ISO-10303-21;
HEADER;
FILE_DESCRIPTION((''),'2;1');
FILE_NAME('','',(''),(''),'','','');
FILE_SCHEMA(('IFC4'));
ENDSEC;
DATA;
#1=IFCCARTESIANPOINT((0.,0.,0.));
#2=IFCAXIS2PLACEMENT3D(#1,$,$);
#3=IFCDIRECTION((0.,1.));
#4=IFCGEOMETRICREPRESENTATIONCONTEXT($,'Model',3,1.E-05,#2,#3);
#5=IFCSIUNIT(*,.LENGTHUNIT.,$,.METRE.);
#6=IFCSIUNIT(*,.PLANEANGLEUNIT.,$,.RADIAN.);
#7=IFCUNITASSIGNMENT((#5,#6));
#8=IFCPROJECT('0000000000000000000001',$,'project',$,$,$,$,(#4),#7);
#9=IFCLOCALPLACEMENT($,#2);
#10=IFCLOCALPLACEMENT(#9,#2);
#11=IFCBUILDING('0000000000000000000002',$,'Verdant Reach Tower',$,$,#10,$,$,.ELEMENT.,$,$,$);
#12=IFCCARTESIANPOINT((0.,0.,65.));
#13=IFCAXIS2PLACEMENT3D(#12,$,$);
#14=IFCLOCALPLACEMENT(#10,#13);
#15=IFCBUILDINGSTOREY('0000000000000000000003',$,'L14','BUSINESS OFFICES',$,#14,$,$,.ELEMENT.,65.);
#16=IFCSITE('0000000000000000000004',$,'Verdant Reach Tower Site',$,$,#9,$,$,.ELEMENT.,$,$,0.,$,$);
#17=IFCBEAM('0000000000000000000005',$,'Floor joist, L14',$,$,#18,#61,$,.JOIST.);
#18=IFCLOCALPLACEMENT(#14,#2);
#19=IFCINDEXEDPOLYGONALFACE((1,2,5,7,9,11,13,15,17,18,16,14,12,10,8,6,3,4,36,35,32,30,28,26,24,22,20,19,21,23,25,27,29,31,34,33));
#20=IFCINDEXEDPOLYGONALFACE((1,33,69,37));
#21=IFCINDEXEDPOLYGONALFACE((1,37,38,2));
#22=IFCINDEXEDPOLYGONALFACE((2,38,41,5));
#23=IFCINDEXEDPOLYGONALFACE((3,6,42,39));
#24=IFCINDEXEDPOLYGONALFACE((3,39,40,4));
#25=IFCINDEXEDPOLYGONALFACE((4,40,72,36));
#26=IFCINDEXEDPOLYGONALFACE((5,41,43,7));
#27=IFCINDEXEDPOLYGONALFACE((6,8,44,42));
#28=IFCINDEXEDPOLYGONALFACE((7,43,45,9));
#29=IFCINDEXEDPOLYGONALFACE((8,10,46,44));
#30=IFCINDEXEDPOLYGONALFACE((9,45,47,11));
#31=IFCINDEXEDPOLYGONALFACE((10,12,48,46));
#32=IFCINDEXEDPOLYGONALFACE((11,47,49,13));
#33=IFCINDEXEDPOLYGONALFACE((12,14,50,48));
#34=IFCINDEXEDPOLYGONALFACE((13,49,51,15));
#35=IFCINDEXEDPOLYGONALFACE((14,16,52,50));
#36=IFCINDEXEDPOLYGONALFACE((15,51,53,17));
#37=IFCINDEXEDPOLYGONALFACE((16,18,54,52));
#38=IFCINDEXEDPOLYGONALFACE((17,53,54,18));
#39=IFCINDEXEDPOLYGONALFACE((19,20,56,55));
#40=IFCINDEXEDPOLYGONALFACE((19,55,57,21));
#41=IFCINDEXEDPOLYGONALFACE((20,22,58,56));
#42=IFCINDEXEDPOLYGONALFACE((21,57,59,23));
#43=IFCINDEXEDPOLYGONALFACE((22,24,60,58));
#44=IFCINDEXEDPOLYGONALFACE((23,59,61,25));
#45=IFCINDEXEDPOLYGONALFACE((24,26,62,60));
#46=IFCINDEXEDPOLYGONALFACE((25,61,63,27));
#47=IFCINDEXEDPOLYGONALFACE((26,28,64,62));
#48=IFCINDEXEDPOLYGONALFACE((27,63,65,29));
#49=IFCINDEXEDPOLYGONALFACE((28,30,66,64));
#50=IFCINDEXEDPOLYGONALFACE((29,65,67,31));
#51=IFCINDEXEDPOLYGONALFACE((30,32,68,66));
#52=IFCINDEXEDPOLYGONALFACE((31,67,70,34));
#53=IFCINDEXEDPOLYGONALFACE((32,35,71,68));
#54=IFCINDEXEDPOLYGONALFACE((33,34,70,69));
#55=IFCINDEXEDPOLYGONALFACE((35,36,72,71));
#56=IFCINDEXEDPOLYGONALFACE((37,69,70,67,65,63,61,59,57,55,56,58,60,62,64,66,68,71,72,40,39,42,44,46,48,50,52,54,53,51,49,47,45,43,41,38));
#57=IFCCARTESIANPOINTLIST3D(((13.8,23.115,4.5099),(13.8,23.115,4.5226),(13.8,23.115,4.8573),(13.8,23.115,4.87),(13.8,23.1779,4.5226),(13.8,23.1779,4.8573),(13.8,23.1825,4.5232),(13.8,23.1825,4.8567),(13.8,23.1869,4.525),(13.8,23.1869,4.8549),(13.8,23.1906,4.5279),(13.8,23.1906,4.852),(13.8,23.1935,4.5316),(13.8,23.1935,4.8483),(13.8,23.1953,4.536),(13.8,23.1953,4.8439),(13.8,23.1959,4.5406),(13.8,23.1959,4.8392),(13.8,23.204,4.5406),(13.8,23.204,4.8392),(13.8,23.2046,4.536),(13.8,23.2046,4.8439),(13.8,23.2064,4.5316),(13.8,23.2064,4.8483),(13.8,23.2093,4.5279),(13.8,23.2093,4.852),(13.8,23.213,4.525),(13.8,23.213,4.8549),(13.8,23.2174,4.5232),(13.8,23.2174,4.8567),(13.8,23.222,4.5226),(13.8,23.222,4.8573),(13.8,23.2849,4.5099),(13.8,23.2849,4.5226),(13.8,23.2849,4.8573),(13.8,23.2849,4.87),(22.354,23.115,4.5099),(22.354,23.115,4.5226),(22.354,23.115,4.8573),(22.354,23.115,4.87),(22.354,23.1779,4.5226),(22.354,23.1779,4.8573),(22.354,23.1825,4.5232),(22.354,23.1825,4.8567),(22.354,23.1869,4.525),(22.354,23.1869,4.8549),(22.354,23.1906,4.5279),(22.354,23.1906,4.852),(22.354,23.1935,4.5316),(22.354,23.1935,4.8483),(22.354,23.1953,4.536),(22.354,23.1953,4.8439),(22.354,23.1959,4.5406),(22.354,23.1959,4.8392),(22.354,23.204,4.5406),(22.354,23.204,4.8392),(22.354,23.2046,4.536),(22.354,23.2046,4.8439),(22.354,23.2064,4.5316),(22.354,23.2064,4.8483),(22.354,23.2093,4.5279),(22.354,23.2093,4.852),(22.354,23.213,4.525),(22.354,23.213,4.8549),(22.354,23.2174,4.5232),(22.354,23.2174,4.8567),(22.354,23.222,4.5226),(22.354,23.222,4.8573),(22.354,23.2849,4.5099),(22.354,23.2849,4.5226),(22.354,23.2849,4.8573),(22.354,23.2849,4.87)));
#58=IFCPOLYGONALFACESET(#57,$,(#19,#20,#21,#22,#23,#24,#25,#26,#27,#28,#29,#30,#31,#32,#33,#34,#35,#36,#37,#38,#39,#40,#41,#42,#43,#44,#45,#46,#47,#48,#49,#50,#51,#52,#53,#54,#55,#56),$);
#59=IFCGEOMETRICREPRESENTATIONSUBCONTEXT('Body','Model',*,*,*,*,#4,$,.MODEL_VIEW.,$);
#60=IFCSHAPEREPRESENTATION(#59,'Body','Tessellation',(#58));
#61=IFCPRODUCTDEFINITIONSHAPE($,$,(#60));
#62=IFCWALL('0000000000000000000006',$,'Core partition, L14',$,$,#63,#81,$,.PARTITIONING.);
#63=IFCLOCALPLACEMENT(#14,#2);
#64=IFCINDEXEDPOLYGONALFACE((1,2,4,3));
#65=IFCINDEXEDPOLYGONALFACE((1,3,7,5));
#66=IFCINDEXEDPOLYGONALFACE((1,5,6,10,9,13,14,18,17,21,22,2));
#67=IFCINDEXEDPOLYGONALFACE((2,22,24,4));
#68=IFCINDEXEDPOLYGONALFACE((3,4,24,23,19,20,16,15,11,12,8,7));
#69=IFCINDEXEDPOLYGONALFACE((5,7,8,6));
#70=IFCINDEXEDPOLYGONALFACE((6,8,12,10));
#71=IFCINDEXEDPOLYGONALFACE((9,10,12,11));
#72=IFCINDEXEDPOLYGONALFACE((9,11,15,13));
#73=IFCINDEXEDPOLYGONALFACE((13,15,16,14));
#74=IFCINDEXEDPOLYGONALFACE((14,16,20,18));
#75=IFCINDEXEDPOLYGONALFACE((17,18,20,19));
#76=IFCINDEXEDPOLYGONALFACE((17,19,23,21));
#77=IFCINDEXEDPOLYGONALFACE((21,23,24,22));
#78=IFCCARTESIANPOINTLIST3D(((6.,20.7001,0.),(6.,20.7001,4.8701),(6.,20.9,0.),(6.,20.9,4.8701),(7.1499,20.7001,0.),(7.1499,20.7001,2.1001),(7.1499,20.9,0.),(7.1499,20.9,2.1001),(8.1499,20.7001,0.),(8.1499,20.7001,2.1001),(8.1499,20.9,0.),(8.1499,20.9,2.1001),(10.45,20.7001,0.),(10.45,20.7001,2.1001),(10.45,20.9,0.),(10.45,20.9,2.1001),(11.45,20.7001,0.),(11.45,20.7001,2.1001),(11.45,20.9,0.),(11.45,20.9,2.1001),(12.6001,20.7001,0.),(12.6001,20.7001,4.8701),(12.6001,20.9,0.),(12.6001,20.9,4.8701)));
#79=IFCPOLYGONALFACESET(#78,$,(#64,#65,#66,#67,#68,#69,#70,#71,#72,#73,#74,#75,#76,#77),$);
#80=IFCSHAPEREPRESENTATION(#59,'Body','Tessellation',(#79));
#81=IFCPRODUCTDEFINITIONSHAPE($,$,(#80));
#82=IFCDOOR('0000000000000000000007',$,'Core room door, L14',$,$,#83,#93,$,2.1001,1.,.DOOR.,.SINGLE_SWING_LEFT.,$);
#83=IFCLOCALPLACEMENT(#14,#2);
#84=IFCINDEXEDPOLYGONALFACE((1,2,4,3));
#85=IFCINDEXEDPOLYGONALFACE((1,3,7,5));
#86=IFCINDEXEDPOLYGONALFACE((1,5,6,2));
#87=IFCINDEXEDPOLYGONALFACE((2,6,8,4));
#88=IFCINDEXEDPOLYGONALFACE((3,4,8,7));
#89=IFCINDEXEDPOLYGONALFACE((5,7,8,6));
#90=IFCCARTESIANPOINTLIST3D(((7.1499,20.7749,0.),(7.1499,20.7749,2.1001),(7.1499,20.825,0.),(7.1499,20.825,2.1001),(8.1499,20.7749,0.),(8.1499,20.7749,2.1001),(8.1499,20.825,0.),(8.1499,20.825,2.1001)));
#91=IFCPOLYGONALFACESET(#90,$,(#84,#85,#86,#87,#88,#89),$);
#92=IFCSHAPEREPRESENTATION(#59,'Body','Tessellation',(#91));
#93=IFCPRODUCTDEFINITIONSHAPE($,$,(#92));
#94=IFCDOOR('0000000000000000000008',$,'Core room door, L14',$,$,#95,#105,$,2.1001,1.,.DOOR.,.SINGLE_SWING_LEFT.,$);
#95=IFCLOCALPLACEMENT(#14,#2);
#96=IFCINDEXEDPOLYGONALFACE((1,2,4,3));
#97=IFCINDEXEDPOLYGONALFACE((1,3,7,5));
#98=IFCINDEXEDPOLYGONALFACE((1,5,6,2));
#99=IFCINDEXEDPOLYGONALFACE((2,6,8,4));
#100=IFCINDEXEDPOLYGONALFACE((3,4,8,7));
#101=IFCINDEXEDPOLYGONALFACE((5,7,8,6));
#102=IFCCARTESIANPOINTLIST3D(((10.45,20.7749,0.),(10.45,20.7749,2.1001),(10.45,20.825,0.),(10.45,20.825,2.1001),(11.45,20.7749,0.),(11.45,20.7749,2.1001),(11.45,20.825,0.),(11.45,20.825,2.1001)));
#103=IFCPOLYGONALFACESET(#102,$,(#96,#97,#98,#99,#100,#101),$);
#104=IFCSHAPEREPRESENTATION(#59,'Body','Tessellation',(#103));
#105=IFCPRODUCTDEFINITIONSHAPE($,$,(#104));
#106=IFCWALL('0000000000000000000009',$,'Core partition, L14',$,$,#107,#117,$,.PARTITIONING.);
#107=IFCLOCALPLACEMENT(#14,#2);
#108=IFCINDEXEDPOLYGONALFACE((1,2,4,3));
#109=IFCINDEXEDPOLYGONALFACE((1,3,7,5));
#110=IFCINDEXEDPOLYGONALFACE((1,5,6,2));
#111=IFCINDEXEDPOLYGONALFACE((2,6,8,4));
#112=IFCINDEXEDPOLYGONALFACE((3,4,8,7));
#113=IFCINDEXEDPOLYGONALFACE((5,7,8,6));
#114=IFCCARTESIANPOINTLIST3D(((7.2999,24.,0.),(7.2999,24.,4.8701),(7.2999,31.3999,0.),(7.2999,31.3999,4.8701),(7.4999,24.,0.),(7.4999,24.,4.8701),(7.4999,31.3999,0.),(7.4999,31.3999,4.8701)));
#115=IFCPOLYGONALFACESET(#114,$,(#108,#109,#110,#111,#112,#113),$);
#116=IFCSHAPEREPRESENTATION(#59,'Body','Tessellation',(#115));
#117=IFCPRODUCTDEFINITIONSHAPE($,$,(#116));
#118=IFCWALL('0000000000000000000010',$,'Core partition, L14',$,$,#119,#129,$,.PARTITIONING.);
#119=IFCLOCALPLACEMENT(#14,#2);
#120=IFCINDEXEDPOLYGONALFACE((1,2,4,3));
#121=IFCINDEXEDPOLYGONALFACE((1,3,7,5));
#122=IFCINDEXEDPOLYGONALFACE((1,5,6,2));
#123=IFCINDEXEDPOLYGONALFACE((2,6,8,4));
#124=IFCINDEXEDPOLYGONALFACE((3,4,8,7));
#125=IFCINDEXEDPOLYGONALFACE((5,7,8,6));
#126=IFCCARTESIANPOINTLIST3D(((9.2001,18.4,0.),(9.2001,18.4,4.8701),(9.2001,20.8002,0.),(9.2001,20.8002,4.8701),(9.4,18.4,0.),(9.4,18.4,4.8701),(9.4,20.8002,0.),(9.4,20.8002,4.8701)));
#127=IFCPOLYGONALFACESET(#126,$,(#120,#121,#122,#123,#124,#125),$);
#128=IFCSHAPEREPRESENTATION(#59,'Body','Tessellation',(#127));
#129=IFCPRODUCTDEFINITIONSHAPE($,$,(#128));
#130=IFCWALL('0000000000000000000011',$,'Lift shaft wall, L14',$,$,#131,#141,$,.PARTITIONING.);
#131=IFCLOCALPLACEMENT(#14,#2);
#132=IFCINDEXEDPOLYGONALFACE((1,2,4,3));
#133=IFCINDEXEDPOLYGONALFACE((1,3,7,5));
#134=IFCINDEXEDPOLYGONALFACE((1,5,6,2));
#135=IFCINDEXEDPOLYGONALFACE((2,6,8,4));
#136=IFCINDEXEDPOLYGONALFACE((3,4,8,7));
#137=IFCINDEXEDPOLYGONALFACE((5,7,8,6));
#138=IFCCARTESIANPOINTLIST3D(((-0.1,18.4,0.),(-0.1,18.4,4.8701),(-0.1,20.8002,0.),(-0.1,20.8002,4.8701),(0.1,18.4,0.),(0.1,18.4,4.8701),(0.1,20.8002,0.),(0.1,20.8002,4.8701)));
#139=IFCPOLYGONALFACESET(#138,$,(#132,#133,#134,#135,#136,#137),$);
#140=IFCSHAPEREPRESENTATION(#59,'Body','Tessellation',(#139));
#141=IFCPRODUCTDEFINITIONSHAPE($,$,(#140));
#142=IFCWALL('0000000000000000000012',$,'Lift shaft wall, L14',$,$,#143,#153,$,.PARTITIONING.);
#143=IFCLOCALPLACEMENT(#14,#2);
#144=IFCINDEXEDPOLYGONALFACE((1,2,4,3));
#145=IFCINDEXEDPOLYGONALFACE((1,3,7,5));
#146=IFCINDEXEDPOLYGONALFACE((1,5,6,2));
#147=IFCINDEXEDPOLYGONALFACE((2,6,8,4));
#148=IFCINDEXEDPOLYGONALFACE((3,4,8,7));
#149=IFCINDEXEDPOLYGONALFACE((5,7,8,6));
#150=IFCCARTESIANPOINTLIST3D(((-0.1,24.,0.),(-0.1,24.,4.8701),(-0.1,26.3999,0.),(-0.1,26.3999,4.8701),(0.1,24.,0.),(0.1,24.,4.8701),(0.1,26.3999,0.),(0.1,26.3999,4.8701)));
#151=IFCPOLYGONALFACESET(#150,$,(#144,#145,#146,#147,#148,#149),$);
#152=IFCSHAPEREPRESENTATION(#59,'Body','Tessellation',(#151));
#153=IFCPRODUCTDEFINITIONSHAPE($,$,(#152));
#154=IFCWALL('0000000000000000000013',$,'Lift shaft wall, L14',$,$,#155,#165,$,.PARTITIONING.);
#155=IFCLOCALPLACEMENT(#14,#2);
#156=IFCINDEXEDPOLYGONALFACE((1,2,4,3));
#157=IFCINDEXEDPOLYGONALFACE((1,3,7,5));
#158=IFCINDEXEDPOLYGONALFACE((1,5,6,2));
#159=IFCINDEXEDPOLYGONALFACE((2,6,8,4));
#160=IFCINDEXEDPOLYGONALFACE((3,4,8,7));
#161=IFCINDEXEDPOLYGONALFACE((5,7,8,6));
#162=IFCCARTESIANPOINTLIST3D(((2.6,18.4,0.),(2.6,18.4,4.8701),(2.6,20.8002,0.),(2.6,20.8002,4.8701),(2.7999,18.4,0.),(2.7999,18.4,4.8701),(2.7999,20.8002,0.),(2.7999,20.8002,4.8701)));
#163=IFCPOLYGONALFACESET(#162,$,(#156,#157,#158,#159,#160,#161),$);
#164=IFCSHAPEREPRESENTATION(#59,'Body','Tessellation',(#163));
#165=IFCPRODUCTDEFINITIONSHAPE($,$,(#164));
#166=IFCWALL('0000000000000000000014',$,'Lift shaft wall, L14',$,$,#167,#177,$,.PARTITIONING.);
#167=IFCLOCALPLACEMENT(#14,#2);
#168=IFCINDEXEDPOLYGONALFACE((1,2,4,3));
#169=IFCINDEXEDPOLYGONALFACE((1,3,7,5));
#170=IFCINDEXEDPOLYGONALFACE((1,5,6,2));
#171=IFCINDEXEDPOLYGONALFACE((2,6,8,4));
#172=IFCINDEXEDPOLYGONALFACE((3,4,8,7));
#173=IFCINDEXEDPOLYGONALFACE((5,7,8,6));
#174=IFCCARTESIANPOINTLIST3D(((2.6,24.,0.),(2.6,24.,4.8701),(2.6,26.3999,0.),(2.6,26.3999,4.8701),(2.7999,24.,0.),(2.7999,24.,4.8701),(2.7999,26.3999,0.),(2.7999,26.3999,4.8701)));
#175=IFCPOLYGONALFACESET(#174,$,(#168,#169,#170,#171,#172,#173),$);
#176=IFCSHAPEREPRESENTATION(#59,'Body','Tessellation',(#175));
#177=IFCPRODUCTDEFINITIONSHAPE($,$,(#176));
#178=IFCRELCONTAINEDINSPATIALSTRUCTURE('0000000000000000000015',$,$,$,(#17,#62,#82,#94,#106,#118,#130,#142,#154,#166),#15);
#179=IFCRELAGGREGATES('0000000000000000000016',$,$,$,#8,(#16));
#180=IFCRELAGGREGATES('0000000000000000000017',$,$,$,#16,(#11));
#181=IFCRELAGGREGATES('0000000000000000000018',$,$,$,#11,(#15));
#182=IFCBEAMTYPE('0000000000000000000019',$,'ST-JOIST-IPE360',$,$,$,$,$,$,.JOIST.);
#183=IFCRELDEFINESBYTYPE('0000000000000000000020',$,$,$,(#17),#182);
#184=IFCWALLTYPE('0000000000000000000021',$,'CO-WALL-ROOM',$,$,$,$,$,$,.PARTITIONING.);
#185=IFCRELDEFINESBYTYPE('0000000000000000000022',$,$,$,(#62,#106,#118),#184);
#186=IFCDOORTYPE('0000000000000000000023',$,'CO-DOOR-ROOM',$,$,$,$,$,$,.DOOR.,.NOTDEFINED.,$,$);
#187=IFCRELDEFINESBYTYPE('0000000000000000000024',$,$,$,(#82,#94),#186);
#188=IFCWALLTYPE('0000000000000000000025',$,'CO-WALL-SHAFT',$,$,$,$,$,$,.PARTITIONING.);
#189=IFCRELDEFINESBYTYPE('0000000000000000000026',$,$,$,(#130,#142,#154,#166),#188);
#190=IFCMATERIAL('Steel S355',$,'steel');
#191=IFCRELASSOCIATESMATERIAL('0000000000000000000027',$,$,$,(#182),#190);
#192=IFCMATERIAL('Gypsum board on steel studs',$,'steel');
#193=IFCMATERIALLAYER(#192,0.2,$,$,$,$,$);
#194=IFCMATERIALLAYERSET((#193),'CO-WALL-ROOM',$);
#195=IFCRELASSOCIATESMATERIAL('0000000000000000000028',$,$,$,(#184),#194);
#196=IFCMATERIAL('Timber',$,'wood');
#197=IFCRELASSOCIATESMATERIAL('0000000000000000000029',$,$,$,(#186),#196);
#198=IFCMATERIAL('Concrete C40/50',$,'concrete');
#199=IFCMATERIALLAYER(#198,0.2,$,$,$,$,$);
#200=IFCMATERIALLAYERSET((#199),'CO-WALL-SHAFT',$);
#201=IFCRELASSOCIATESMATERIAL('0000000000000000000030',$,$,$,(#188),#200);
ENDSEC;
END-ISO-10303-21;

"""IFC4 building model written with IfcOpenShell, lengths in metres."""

from ifc_helpers import new_model, si_unit, direction, frame, frame_2d, origin, origin_2d, place, context, subcontext, project, spatial, rectangle, i_section, extrude, material, layer, layer_set, material_profile, profile_set, type_object, element, fill, save


model = new_model("IFC4")

# Units and contexts
model_context = context("Model", 3, precision=1e-05, world=origin(), true_north=direction((0.0, 1.0)))
body_context = subcontext(model_context, "Body", "Model", "MODEL_VIEW")
ifc_project = project(units=[si_unit("LENGTHUNIT", "METRE"), si_unit("PLANEANGLEUNIT", "RADIAN")], contexts=[model_context])

# Site, building, storey
site_placement = place(None, origin())
site = spatial("IfcSite", under=ifc_project, at=site_placement, Name="Verdant Reach Tower Site", CompositionType="ELEMENT", RefElevation=0.0)
building_placement = place(site_placement, origin())
building = spatial("IfcBuilding", under=site, at=building_placement, Name="Verdant Reach Tower", CompositionType="ELEMENT")
storey_placement = place(building_placement, frame((0.0, 0.0, 65.0)))
storey = spatial("IfcBuildingStorey", under=building, at=storey_placement, Name="L14", Description="BUSINESS OFFICES", CompositionType="ELEMENT", Elevation=65.0)

# Beam
ifc_material_1 = material(Name="Steel S355", Category="steel")
ifc_material_profile = material_profile(ifc_material_1, i_section(OverallWidth=0.1699, OverallDepth=0.3601, WebThickness=0.0081, FlangeThickness=0.0127, FilletRadius=0.0181, at=origin_2d()), Name="IPE 360")
ifc_profile_set = profile_set([ifc_material_profile], Name="Steel S355")
beam_type = type_object("IfcBeamType", Name="ST-JOIST-IPE360", PredefinedType="JOIST", material=ifc_profile_set)
beam_placement = place(storey_placement, frame((13.8, 23.2, 4.6899), z_axis=(1.0, 0.0, 0.0), x_axis=(0.0, 1.0, 0.0)))
element("IfcBeam", 1, at=beam_placement, inside=storey, type_object=beam_type, Name="Floor joist, L14", PredefinedType="JOIST", context=body_context, shape_type="SweptSolid", body=[
    extrude(i_section(OverallWidth=0.1699, OverallDepth=0.3601, WebThickness=0.0081, FlangeThickness=0.0127, FilletRadius=0.0181, at=origin_2d()), origin(), (0.0, 0.0, 1.0), 8.554),
])

# Wall, openings, doors
ifc_material_2 = material(Name="Gypsum board on steel studs", Category="steel")
ifc_layer_1 = layer(ifc_material_2, 0.2)
ifc_layer_set_1 = layer_set([ifc_layer_1], Name="CO-WALL-ROOM")
wall_type_1 = type_object("IfcWallType", Name="CO-WALL-ROOM", PredefinedType="PARTITIONING", material=ifc_layer_set_1)
wall_1_placement = place(storey_placement, frame((6.0, 20.8, 0.0), z_axis=(0.0, 0.0, 1.0), x_axis=(1.0, 0.0, 0.0)))
wall_1 = element("IfcWall", 2, at=wall_1_placement, inside=storey, type_object=wall_type_1, Name="Core partition, L14", PredefinedType="PARTITIONING", context=body_context, shape_type="SweptSolid", body=[
    extrude(rectangle(XDim=6.6001, YDim=0.2, at=frame_2d((3.3, 0.0))), origin(), (0.0, 0.0, 1.0), 4.8701),
])
opening_1_placement = place(wall_1_placement, frame((1.1499, 0.0, 0.0)))
opening_1 = element("IfcOpeningElement", 3, at=opening_1_placement, cuts=wall_1, PredefinedType="OPENING", context=body_context, shape_type="SweptSolid", body=[
    extrude(rectangle(XDim=1.0, YDim=2.1001, at=frame_2d((0.5, 1.05))), frame((0.0, 0.1099, 0.0), z_axis=(0.0, -1.0, 0.0), x_axis=(1.0, 0.0, 0.0)), (0.0, 0.0, 1.0), 0.22),
])
opening_2_placement = place(wall_1_placement, frame((4.45, 0.0, 0.0)))
opening_2 = element("IfcOpeningElement", 4, at=opening_2_placement, cuts=wall_1, PredefinedType="OPENING", context=body_context, shape_type="SweptSolid", body=[
    extrude(rectangle(XDim=1.0, YDim=2.1001, at=frame_2d((0.5, 1.05))), frame((0.0, 0.1099, 0.0), z_axis=(0.0, -1.0, 0.0), x_axis=(1.0, 0.0, 0.0)), (0.0, 0.0, 1.0), 0.22),
])
ifc_material_3 = material(Name="Timber", Category="wood")
door_type_1 = type_object("IfcDoorType", Name="CO-DOOR-ROOM", OperationType="NOTDEFINED", PredefinedType="DOOR", material=ifc_material_3)
door_1_placement = place(opening_1_placement, origin())
door_1 = element("IfcDoor", 5, at=door_1_placement, inside=storey, type_object=door_type_1, Name="Core room door, L14", OperationType="SINGLE_SWING_LEFT", OverallHeight=2.1001, OverallWidth=1.0, PredefinedType="DOOR", context=body_context, shape_type="SweptSolid", body=[
    extrude(rectangle(XDim=1.0, YDim=2.1001, at=frame_2d((0.5, 1.05))), frame((0.0, 0.0249, 0.0), z_axis=(0.0, -1.0, 0.0), x_axis=(1.0, 0.0, 0.0)), (0.0, 0.0, 1.0), 0.05),
])
fill(opening_1, door_1)
door_2_placement = place(opening_2_placement, origin())
door_2 = element("IfcDoor", 6, at=door_2_placement, inside=storey, type_object=door_type_1, Name="Core room door, L14", OperationType="SINGLE_SWING_LEFT", OverallHeight=2.1001, OverallWidth=1.0, PredefinedType="DOOR", context=body_context, shape_type="SweptSolid", body=[
    extrude(rectangle(XDim=1.0, YDim=2.1001, at=frame_2d((0.5, 1.05))), frame((0.0, 0.0249, 0.0), z_axis=(0.0, -1.0, 0.0), x_axis=(1.0, 0.0, 0.0)), (0.0, 0.0, 1.0), 0.05),
])
fill(opening_2, door_2)

# Walls
wall_2_placement = place(storey_placement, frame((7.3999, 24.0, 0.0), z_axis=(0.0, 0.0, 1.0), x_axis=(0.0, 1.0, 0.0)))
element("IfcWall", 7, at=wall_2_placement, inside=storey, type_object=wall_type_1, Name="Core partition, L14", PredefinedType="PARTITIONING", context=body_context, shape_type="SweptSolid", body=[
    extrude(rectangle(XDim=7.3999, YDim=0.2, at=frame_2d((3.7, 0.0))), origin(), (0.0, 0.0, 1.0), 4.8701),
])
wall_3_placement = place(storey_placement, frame((9.3, 18.3999, 0.0), z_axis=(0.0, 0.0, 1.0), x_axis=(0.0, 1.0, 0.0)))
element("IfcWall", 8, at=wall_3_placement, inside=storey, type_object=wall_type_1, Name="Core partition, L14", PredefinedType="PARTITIONING", context=body_context, shape_type="SweptSolid", body=[
    extrude(rectangle(XDim=2.4001, YDim=0.2, at=frame_2d((1.2002, 0.0))), origin(), (0.0, 0.0, 1.0), 4.8701),
])
ifc_material_4 = material(Name="Concrete C40/50", Category="concrete")
ifc_layer_2 = layer(ifc_material_4, 0.2)
ifc_layer_set_2 = layer_set([ifc_layer_2], Name="CO-WALL-SHAFT")
wall_type_2 = type_object("IfcWallType", Name="CO-WALL-SHAFT", PredefinedType="PARTITIONING", material=ifc_layer_set_2)
wall_4_placement = place(storey_placement, frame((0.0, 18.3999, 0.0), z_axis=(0.0, 0.0, 1.0), x_axis=(0.0, 1.0, 0.0)))
element("IfcWall", 9, at=wall_4_placement, inside=storey, type_object=wall_type_2, Name="Lift shaft wall, L14", PredefinedType="PARTITIONING", context=body_context, shape_type="SweptSolid", body=[
    extrude(rectangle(XDim=2.4001, YDim=0.2, at=frame_2d((1.2002, 0.0))), origin(), (0.0, 0.0, 1.0), 4.8701),
])
wall_5_placement = place(storey_placement, frame((0.0, 24.0, 0.0), z_axis=(0.0, 0.0, 1.0), x_axis=(0.0, 1.0, 0.0)))
element("IfcWall", 10, at=wall_5_placement, inside=storey, type_object=wall_type_2, Name="Lift shaft wall, L14", PredefinedType="PARTITIONING", context=body_context, shape_type="SweptSolid", body=[
    extrude(rectangle(XDim=2.3999, YDim=0.2, at=frame_2d((1.2, 0.0))), origin(), (0.0, 0.0, 1.0), 4.8701),
])
wall_6_placement = place(storey_placement, frame((2.7, 18.3999, 0.0), z_axis=(0.0, 0.0, 1.0), x_axis=(0.0, 1.0, 0.0)))
element("IfcWall", 11, at=wall_6_placement, inside=storey, type_object=wall_type_2, Name="Lift shaft wall, L14", PredefinedType="PARTITIONING", context=body_context, shape_type="SweptSolid", body=[
    extrude(rectangle(XDim=2.4001, YDim=0.2, at=frame_2d((1.2002, 0.0))), origin(), (0.0, 0.0, 1.0), 4.8701),
])
wall_7_placement = place(storey_placement, frame((2.7, 24.0, 0.0), z_axis=(0.0, 0.0, 1.0), x_axis=(0.0, 1.0, 0.0)))
element("IfcWall", 12, at=wall_7_placement, inside=storey, type_object=wall_type_2, Name="Lift shaft wall, L14", PredefinedType="PARTITIONING", context=body_context, shape_type="SweptSolid", body=[
    extrude(rectangle(XDim=2.3999, YDim=0.2, at=frame_2d((1.2, 0.0))), origin(), (0.0, 0.0, 1.0), 4.8701),
])

save(model, "model.ifc")
